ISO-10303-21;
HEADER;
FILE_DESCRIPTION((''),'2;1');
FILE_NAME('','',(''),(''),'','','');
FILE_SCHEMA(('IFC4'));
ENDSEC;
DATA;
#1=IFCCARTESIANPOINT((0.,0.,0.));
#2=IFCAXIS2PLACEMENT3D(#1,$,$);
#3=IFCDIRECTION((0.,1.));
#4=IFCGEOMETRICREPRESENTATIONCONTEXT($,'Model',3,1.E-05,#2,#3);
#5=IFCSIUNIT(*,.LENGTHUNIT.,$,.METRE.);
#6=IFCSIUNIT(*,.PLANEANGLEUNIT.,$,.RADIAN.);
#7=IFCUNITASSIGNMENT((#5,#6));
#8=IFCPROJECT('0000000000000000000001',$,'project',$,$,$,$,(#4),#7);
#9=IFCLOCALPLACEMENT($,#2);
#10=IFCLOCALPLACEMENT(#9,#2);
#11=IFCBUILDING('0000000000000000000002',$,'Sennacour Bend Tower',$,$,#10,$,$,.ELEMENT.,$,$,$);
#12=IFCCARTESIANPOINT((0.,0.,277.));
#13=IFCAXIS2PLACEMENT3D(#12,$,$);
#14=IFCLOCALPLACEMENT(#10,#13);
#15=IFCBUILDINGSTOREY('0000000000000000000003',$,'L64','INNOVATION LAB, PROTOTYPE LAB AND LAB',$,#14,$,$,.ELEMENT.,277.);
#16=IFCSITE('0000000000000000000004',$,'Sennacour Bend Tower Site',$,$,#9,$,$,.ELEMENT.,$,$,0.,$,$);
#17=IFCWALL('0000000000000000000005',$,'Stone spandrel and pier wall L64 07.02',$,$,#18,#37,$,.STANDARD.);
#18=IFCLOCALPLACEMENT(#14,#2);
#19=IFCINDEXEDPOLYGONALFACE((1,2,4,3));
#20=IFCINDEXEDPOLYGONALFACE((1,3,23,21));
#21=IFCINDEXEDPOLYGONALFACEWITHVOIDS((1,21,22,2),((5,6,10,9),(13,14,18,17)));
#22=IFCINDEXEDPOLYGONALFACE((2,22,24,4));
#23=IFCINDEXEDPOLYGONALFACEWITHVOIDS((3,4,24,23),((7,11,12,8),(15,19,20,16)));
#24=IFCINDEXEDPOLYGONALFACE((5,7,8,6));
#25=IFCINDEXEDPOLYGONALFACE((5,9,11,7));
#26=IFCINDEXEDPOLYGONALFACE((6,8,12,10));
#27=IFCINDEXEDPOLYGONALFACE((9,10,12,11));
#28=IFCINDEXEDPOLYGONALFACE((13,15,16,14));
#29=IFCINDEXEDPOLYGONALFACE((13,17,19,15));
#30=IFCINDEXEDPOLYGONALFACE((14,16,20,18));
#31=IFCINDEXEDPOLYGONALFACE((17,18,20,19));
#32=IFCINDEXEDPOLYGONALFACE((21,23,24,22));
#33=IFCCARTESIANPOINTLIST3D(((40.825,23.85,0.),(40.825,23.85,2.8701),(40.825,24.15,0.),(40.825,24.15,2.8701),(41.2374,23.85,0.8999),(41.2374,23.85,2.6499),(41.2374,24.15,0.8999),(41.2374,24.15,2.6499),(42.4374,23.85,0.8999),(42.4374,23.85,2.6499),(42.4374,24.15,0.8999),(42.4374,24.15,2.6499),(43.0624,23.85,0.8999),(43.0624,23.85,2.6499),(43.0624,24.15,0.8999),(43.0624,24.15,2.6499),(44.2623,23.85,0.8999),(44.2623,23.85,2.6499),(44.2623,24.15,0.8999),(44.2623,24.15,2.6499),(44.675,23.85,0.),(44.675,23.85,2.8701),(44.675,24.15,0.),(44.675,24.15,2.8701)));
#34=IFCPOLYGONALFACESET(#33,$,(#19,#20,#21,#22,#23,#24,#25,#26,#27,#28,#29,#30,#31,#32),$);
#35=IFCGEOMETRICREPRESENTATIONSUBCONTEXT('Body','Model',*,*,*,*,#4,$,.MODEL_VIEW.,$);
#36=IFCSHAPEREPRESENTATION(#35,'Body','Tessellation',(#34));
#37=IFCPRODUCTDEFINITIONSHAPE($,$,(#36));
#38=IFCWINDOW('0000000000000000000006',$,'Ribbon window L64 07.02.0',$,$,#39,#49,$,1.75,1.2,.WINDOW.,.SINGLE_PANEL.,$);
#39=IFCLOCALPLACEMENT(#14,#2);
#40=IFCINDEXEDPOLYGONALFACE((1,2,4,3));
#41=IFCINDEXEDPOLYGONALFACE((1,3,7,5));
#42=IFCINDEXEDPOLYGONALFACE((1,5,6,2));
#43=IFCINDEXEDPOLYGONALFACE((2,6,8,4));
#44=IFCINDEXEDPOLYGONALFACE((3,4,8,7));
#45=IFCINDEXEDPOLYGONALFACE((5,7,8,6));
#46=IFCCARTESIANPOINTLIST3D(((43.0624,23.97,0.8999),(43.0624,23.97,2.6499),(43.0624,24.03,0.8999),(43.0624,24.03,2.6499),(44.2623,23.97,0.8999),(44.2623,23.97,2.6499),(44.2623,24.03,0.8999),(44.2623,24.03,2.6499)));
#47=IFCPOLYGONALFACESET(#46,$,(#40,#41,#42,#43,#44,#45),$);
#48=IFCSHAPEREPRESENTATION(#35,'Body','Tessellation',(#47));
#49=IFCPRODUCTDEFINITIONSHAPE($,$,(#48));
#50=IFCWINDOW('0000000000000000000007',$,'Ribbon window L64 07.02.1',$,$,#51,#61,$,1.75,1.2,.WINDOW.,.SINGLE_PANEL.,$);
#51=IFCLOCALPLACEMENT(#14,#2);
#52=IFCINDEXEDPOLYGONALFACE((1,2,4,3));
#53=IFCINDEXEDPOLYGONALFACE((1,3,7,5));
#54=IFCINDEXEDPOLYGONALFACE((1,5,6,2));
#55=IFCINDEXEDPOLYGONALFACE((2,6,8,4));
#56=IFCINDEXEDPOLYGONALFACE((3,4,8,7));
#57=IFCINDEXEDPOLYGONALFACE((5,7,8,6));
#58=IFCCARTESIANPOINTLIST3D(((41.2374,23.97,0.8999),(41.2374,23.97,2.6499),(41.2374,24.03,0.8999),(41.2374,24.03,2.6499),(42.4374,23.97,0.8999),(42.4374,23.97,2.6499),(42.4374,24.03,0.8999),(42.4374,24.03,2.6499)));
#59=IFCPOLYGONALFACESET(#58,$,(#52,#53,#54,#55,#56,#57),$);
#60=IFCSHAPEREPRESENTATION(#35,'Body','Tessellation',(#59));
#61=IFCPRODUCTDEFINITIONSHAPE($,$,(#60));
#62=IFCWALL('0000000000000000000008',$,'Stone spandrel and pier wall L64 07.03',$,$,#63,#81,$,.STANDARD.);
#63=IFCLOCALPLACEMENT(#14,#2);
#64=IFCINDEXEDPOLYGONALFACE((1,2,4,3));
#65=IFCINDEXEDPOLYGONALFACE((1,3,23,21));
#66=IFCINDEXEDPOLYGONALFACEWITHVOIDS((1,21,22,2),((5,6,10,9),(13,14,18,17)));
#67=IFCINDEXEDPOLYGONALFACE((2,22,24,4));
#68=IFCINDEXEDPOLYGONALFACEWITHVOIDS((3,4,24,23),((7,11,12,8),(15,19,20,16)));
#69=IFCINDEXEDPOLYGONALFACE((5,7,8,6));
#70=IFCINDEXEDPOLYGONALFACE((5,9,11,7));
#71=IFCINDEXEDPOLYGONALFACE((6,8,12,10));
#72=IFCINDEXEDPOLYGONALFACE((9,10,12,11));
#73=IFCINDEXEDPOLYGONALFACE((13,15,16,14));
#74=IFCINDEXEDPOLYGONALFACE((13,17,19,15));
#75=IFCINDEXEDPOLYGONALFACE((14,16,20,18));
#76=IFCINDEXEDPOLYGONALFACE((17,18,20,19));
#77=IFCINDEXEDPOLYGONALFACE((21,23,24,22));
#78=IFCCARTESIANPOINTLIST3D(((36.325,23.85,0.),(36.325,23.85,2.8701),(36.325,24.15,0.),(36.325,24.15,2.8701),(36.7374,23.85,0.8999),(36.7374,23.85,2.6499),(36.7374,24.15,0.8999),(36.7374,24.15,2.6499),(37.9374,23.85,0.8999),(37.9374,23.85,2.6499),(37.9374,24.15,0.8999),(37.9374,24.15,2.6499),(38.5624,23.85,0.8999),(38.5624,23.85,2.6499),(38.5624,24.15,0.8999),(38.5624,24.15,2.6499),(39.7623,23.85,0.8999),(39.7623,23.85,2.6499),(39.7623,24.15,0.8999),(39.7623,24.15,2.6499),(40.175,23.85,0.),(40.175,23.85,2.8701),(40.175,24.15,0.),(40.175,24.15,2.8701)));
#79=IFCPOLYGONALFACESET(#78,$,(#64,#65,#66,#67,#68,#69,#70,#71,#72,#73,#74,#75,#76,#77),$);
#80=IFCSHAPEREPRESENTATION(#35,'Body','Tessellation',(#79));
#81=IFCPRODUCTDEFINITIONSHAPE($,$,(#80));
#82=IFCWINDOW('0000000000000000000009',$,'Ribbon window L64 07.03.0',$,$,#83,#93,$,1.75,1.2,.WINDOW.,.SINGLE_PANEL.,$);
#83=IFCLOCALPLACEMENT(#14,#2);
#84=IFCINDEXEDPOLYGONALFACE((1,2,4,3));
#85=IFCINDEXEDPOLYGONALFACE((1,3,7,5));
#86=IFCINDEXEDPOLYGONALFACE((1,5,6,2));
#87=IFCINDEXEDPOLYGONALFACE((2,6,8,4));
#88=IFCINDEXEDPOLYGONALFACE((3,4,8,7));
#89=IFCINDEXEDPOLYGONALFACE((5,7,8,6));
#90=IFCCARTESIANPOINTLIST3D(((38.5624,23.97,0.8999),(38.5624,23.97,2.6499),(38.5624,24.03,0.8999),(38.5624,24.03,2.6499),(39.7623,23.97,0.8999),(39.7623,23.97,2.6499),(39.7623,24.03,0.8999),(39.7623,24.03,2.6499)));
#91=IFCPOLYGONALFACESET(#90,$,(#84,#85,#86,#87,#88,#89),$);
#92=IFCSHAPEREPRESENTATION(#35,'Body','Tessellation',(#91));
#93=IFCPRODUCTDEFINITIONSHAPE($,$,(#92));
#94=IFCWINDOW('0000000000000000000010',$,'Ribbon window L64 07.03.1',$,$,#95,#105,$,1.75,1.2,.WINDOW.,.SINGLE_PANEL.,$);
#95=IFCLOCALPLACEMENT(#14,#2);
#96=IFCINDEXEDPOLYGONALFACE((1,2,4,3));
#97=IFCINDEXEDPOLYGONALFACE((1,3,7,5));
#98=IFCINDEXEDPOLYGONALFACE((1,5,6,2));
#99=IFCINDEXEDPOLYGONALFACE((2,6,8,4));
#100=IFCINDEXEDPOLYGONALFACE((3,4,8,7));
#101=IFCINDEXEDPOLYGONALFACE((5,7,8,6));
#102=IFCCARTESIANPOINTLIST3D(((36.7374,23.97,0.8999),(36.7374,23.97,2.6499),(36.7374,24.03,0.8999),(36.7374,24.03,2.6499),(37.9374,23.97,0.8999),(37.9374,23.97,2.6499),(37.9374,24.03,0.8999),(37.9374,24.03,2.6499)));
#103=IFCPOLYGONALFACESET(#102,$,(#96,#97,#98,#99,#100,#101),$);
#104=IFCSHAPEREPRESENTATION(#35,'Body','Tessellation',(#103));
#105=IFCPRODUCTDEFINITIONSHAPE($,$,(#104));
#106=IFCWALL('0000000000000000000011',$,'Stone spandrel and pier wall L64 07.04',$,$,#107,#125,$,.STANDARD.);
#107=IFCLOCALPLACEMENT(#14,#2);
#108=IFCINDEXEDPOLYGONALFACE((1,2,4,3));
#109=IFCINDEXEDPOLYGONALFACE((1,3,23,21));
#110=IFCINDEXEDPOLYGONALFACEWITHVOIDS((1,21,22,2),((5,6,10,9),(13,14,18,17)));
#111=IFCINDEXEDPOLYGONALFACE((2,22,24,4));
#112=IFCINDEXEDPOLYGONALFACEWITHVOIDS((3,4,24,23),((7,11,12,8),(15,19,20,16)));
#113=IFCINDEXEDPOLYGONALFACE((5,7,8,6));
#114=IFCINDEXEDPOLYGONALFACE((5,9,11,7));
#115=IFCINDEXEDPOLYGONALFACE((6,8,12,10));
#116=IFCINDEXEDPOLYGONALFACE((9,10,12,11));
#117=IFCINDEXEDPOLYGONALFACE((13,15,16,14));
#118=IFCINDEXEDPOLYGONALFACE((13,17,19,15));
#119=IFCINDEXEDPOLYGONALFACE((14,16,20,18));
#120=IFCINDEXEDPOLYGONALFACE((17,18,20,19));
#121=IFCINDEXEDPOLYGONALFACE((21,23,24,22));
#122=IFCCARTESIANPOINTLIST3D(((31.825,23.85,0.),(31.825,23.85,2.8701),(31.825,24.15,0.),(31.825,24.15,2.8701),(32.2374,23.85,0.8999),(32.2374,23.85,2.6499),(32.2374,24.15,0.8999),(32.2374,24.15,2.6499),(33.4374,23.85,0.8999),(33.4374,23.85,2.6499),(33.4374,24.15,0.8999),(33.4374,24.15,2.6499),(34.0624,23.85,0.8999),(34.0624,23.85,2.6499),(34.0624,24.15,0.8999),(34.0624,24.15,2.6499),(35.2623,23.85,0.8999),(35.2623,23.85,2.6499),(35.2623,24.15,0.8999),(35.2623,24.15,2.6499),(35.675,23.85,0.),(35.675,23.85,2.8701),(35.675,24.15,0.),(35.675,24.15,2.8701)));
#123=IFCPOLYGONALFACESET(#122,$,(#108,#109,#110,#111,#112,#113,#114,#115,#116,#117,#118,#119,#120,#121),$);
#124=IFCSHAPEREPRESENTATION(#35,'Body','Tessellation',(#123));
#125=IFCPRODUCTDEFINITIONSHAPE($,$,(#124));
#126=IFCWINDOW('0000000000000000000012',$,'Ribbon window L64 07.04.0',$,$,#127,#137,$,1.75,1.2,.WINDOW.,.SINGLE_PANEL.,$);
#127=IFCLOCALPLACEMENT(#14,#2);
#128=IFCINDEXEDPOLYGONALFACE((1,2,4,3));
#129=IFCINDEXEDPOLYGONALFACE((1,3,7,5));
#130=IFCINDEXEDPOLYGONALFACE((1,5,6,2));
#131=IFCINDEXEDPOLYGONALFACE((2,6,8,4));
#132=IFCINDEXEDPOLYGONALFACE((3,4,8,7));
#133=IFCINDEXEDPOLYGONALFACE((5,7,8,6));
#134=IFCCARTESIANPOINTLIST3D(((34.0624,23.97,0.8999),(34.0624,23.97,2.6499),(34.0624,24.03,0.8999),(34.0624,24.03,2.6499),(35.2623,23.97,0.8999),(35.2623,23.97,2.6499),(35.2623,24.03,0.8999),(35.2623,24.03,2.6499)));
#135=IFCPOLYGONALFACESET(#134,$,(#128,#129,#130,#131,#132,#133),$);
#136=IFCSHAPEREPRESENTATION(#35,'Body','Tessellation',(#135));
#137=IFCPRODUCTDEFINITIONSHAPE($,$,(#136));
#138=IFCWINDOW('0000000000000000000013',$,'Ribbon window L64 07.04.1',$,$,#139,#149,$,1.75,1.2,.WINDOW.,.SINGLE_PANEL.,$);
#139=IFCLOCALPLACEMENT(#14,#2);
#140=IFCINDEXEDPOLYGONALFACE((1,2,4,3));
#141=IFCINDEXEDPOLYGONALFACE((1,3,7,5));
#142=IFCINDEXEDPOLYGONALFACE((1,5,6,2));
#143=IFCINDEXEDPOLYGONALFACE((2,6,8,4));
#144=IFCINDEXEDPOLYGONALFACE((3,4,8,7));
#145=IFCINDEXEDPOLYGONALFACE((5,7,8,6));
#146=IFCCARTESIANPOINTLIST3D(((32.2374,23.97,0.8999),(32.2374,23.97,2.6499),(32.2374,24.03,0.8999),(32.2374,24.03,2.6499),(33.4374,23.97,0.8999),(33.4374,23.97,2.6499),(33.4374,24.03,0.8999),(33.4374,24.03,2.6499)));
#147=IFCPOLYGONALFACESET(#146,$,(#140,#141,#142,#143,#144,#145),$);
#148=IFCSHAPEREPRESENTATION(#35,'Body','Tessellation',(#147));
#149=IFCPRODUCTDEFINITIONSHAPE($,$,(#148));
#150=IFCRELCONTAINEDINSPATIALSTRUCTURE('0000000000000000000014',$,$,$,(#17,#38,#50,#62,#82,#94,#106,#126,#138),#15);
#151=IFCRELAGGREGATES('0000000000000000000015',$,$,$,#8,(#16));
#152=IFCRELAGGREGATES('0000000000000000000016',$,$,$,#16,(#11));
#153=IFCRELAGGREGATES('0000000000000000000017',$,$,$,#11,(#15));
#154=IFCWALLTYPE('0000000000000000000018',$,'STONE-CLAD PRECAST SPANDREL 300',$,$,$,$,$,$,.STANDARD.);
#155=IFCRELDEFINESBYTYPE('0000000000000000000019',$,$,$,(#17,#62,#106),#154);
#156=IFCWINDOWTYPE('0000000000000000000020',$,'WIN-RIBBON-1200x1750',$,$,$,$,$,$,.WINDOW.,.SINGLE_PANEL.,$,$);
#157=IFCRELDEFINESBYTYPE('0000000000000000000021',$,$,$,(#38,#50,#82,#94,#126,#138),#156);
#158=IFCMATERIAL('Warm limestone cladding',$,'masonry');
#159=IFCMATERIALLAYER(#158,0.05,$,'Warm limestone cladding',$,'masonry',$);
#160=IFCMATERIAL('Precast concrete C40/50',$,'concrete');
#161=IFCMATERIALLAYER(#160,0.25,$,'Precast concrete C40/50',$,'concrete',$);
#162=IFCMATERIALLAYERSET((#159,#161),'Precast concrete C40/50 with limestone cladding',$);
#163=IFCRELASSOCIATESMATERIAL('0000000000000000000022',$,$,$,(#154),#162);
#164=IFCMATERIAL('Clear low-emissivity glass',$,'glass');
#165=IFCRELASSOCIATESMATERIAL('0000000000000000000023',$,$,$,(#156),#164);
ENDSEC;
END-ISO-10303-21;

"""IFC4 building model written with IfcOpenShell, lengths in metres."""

from ifc_helpers import new_model, si_unit, direction, frame, frame_2d, origin, place, context, subcontext, project, spatial, rectangle, extrude, material, layer, layer_set, type_object, element, fill, save


model = new_model("IFC4")

# Units and contexts
model_context = context("Model", 3, precision=1e-05, world=origin(), true_north=direction((0.0, 1.0)))
body_context = subcontext(model_context, "Body", "Model", "MODEL_VIEW")
ifc_project = project(units=[si_unit("LENGTHUNIT", "METRE"), si_unit("PLANEANGLEUNIT", "RADIAN")], contexts=[model_context])

# Site, building, storey
site_placement = place(None, origin())
site = spatial("IfcSite", under=ifc_project, at=site_placement, Name="Sennacour Bend Tower Site", CompositionType="ELEMENT", RefElevation=0.0)
building_placement = place(site_placement, origin())
building = spatial("IfcBuilding", under=site, at=building_placement, Name="Sennacour Bend Tower", CompositionType="ELEMENT")
storey_placement = place(building_placement, frame((0.0, 0.0, 277.0)))
storey = spatial("IfcBuildingStorey", under=building, at=storey_placement, Name="L64", Description="INNOVATION LAB, PROTOTYPE LAB AND LAB", CompositionType="ELEMENT", Elevation=277.0)

# Walls, openings, windows
ifc_material_1 = material(Name="Warm limestone cladding", Category="masonry")
ifc_layer_1 = layer(ifc_material_1, 0.05, Name="Warm limestone cladding", Category="masonry")
ifc_material_2 = material(Name="Precast concrete C40/50", Category="concrete")
ifc_layer_2 = layer(ifc_material_2, 0.25, Name="Precast concrete C40/50", Category="concrete")
ifc_layer_set_1 = layer_set([ifc_layer_1, ifc_layer_2], Name="Precast concrete C40/50 with limestone cladding")
wall_type_1 = type_object("IfcWallType", Name="STONE-CLAD PRECAST SPANDREL 300", PredefinedType="STANDARD", material=ifc_layer_set_1)
wall_1_placement = place(storey_placement, frame((44.675, 24.0, 0.0), z_axis=(0.0, 0.0, 1.0), x_axis=(-1.0, 0.0, 0.0)))
wall_1 = element("IfcWall", 1, at=wall_1_placement, inside=storey, type_object=wall_type_1, Name="Stone spandrel and pier wall L64 07.02", PredefinedType="STANDARD", context=body_context, shape_type="SweptSolid", body=[
    extrude(rectangle(XDim=3.8501, YDim=0.3, at=frame_2d((1.925, 0.0))), origin(), (0.0, 0.0, 1.0), 2.8701),
])
opening_1_placement = place(wall_1_placement, frame((0.4126, 0.0, 0.8999)))
opening_1 = element("IfcOpeningElement", 2, at=opening_1_placement, cuts=wall_1, PredefinedType="OPENING", context=body_context, shape_type="SweptSolid", body=[
    extrude(rectangle(XDim=1.2, YDim=1.75, at=frame_2d((0.6001, 0.875))), frame((0.0, 0.1602, 0.0), z_axis=(0.0, -1.0, 0.0), x_axis=(1.0, 0.0, 0.0)), (0.0, 0.0, 1.0), 0.3201),
])
opening_2_placement = place(wall_1_placement, frame((2.2375, 0.0, 0.8999)))
opening_2 = element("IfcOpeningElement", 3, at=opening_2_placement, cuts=wall_1, PredefinedType="OPENING", context=body_context, shape_type="SweptSolid", body=[
    extrude(rectangle(XDim=1.2, YDim=1.75, at=frame_2d((0.6001, 0.875))), frame((0.0, 0.1602, 0.0), z_axis=(0.0, -1.0, 0.0), x_axis=(1.0, 0.0, 0.0)), (0.0, 0.0, 1.0), 0.3201),
])
ifc_material_3 = material(Name="Clear low-emissivity glass", Category="glass")
window_type = type_object("IfcWindowType", Name="WIN-RIBBON-1200x1750", PartitioningType="SINGLE_PANEL", PredefinedType="WINDOW", material=ifc_material_3)
window_1_placement = place(opening_1_placement, origin())
window_1 = element("IfcWindow", 4, at=window_1_placement, inside=storey, type_object=window_type, Name="Ribbon window L64 07.02.0", OverallHeight=1.75, OverallWidth=1.2, PartitioningType="SINGLE_PANEL", PredefinedType="WINDOW", context=body_context, shape_type="SweptSolid", body=[
    extrude(rectangle(XDim=1.2, YDim=1.75, at=frame_2d((0.6001, 0.875))), frame((0.0, 0.03, 0.0), z_axis=(0.0, -1.0, 0.0), x_axis=(1.0, 0.0, 0.0)), (0.0, 0.0, 1.0), 0.0601),
])
fill(opening_1, window_1)
window_2_placement = place(opening_2_placement, origin())
window_2 = element("IfcWindow", 5, at=window_2_placement, inside=storey, type_object=window_type, Name="Ribbon window L64 07.02.1", OverallHeight=1.75, OverallWidth=1.2, PartitioningType="SINGLE_PANEL", PredefinedType="WINDOW", context=body_context, shape_type="SweptSolid", body=[
    extrude(rectangle(XDim=1.2, YDim=1.75, at=frame_2d((0.6001, 0.875))), frame((0.0, 0.03, 0.0), z_axis=(0.0, -1.0, 0.0), x_axis=(1.0, 0.0, 0.0)), (0.0, 0.0, 1.0), 0.0601),
])
fill(opening_2, window_2)
wall_2_placement = place(storey_placement, frame((40.175, 24.0, 0.0), z_axis=(0.0, 0.0, 1.0), x_axis=(-1.0, 0.0, 0.0)))
wall_2 = element("IfcWall", 6, at=wall_2_placement, inside=storey, type_object=wall_type_1, Name="Stone spandrel and pier wall L64 07.03", PredefinedType="STANDARD", context=body_context, shape_type="SweptSolid", body=[
    extrude(rectangle(XDim=3.8501, YDim=0.3, at=frame_2d((1.925, 0.0))), origin(), (0.0, 0.0, 1.0), 2.8701),
])
opening_3_placement = place(wall_2_placement, frame((0.4126, 0.0, 0.8999)))
opening_3 = element("IfcOpeningElement", 7, at=opening_3_placement, cuts=wall_2, PredefinedType="OPENING", context=body_context, shape_type="SweptSolid", body=[
    extrude(rectangle(XDim=1.2, YDim=1.75, at=frame_2d((0.6001, 0.875))), frame((0.0, 0.1602, 0.0), z_axis=(0.0, -1.0, 0.0), x_axis=(1.0, 0.0, 0.0)), (0.0, 0.0, 1.0), 0.3201),
])
opening_4_placement = place(wall_2_placement, frame((2.2375, 0.0, 0.8999)))
opening_4 = element("IfcOpeningElement", 8, at=opening_4_placement, cuts=wall_2, PredefinedType="OPENING", context=body_context, shape_type="SweptSolid", body=[
    extrude(rectangle(XDim=1.2, YDim=1.75, at=frame_2d((0.6001, 0.875))), frame((0.0, 0.1602, 0.0), z_axis=(0.0, -1.0, 0.0), x_axis=(1.0, 0.0, 0.0)), (0.0, 0.0, 1.0), 0.3201),
])
window_3_placement = place(opening_3_placement, origin())
window_3 = element("IfcWindow", 9, at=window_3_placement, inside=storey, type_object=window_type, Name="Ribbon window L64 07.03.0", OverallHeight=1.75, OverallWidth=1.2, PartitioningType="SINGLE_PANEL", PredefinedType="WINDOW", context=body_context, shape_type="SweptSolid", body=[
    extrude(rectangle(XDim=1.2, YDim=1.75, at=frame_2d((0.6001, 0.875))), frame((0.0, 0.03, 0.0), z_axis=(0.0, -1.0, 0.0), x_axis=(1.0, 0.0, 0.0)), (0.0, 0.0, 1.0), 0.0601),
])
fill(opening_3, window_3)
window_4_placement = place(opening_4_placement, origin())
window_4 = element("IfcWindow", 10, at=window_4_placement, inside=storey, type_object=window_type, Name="Ribbon window L64 07.03.1", OverallHeight=1.75, OverallWidth=1.2, PartitioningType="SINGLE_PANEL", PredefinedType="WINDOW", context=body_context, shape_type="SweptSolid", body=[
    extrude(rectangle(XDim=1.2, YDim=1.75, at=frame_2d((0.6001, 0.875))), frame((0.0, 0.03, 0.0), z_axis=(0.0, -1.0, 0.0), x_axis=(1.0, 0.0, 0.0)), (0.0, 0.0, 1.0), 0.0601),
])
fill(opening_4, window_4)
wall_3_placement = place(storey_placement, frame((35.675, 24.0, 0.0), z_axis=(0.0, 0.0, 1.0), x_axis=(-1.0, 0.0, 0.0)))
wall_3 = element("IfcWall", 11, at=wall_3_placement, inside=storey, type_object=wall_type_1, Name="Stone spandrel and pier wall L64 07.04", PredefinedType="STANDARD", context=body_context, shape_type="SweptSolid", body=[
    extrude(rectangle(XDim=3.8501, YDim=0.3, at=frame_2d((1.925, 0.0))), origin(), (0.0, 0.0, 1.0), 2.8701),
])
opening_5_placement = place(wall_3_placement, frame((0.4126, 0.0, 0.8999)))
opening_5 = element("IfcOpeningElement", 12, at=opening_5_placement, cuts=wall_3, PredefinedType="OPENING", context=body_context, shape_type="SweptSolid", body=[
    extrude(rectangle(XDim=1.2, YDim=1.75, at=frame_2d((0.6001, 0.875))), frame((0.0, 0.1602, 0.0), z_axis=(0.0, -1.0, 0.0), x_axis=(1.0, 0.0, 0.0)), (0.0, 0.0, 1.0), 0.3201),
])
opening_6_placement = place(wall_3_placement, frame((2.2375, 0.0, 0.8999)))
opening_6 = element("IfcOpeningElement", 13, at=opening_6_placement, cuts=wall_3, PredefinedType="OPENING", context=body_context, shape_type="SweptSolid", body=[
    extrude(rectangle(XDim=1.2, YDim=1.75, at=frame_2d((0.6001, 0.875))), frame((0.0, 0.1602, 0.0), z_axis=(0.0, -1.0, 0.0), x_axis=(1.0, 0.0, 0.0)), (0.0, 0.0, 1.0), 0.3201),
])
window_5_placement = place(opening_5_placement, origin())
window_5 = element("IfcWindow", 14, at=window_5_placement, inside=storey, type_object=window_type, Name="Ribbon window L64 07.04.0", OverallHeight=1.75, OverallWidth=1.2, PartitioningType="SINGLE_PANEL", PredefinedType="WINDOW", context=body_context, shape_type="SweptSolid", body=[
    extrude(rectangle(XDim=1.2, YDim=1.75, at=frame_2d((0.6001, 0.875))), frame((0.0, 0.03, 0.0), z_axis=(0.0, -1.0, 0.0), x_axis=(1.0, 0.0, 0.0)), (0.0, 0.0, 1.0), 0.0601),
])
fill(opening_5, window_5)
window_6_placement = place(opening_6_placement, origin())
window_6 = element("IfcWindow", 15, at=window_6_placement, inside=storey, type_object=window_type, Name="Ribbon window L64 07.04.1", OverallHeight=1.75, OverallWidth=1.2, PartitioningType="SINGLE_PANEL", PredefinedType="WINDOW", context=body_context, shape_type="SweptSolid", body=[
    extrude(rectangle(XDim=1.2, YDim=1.75, at=frame_2d((0.6001, 0.875))), frame((0.0, 0.03, 0.0), z_axis=(0.0, -1.0, 0.0), x_axis=(1.0, 0.0, 0.0)), (0.0, 0.0, 1.0), 0.0601),
])
fill(opening_6, window_6)

save(model, "model.ifc")
